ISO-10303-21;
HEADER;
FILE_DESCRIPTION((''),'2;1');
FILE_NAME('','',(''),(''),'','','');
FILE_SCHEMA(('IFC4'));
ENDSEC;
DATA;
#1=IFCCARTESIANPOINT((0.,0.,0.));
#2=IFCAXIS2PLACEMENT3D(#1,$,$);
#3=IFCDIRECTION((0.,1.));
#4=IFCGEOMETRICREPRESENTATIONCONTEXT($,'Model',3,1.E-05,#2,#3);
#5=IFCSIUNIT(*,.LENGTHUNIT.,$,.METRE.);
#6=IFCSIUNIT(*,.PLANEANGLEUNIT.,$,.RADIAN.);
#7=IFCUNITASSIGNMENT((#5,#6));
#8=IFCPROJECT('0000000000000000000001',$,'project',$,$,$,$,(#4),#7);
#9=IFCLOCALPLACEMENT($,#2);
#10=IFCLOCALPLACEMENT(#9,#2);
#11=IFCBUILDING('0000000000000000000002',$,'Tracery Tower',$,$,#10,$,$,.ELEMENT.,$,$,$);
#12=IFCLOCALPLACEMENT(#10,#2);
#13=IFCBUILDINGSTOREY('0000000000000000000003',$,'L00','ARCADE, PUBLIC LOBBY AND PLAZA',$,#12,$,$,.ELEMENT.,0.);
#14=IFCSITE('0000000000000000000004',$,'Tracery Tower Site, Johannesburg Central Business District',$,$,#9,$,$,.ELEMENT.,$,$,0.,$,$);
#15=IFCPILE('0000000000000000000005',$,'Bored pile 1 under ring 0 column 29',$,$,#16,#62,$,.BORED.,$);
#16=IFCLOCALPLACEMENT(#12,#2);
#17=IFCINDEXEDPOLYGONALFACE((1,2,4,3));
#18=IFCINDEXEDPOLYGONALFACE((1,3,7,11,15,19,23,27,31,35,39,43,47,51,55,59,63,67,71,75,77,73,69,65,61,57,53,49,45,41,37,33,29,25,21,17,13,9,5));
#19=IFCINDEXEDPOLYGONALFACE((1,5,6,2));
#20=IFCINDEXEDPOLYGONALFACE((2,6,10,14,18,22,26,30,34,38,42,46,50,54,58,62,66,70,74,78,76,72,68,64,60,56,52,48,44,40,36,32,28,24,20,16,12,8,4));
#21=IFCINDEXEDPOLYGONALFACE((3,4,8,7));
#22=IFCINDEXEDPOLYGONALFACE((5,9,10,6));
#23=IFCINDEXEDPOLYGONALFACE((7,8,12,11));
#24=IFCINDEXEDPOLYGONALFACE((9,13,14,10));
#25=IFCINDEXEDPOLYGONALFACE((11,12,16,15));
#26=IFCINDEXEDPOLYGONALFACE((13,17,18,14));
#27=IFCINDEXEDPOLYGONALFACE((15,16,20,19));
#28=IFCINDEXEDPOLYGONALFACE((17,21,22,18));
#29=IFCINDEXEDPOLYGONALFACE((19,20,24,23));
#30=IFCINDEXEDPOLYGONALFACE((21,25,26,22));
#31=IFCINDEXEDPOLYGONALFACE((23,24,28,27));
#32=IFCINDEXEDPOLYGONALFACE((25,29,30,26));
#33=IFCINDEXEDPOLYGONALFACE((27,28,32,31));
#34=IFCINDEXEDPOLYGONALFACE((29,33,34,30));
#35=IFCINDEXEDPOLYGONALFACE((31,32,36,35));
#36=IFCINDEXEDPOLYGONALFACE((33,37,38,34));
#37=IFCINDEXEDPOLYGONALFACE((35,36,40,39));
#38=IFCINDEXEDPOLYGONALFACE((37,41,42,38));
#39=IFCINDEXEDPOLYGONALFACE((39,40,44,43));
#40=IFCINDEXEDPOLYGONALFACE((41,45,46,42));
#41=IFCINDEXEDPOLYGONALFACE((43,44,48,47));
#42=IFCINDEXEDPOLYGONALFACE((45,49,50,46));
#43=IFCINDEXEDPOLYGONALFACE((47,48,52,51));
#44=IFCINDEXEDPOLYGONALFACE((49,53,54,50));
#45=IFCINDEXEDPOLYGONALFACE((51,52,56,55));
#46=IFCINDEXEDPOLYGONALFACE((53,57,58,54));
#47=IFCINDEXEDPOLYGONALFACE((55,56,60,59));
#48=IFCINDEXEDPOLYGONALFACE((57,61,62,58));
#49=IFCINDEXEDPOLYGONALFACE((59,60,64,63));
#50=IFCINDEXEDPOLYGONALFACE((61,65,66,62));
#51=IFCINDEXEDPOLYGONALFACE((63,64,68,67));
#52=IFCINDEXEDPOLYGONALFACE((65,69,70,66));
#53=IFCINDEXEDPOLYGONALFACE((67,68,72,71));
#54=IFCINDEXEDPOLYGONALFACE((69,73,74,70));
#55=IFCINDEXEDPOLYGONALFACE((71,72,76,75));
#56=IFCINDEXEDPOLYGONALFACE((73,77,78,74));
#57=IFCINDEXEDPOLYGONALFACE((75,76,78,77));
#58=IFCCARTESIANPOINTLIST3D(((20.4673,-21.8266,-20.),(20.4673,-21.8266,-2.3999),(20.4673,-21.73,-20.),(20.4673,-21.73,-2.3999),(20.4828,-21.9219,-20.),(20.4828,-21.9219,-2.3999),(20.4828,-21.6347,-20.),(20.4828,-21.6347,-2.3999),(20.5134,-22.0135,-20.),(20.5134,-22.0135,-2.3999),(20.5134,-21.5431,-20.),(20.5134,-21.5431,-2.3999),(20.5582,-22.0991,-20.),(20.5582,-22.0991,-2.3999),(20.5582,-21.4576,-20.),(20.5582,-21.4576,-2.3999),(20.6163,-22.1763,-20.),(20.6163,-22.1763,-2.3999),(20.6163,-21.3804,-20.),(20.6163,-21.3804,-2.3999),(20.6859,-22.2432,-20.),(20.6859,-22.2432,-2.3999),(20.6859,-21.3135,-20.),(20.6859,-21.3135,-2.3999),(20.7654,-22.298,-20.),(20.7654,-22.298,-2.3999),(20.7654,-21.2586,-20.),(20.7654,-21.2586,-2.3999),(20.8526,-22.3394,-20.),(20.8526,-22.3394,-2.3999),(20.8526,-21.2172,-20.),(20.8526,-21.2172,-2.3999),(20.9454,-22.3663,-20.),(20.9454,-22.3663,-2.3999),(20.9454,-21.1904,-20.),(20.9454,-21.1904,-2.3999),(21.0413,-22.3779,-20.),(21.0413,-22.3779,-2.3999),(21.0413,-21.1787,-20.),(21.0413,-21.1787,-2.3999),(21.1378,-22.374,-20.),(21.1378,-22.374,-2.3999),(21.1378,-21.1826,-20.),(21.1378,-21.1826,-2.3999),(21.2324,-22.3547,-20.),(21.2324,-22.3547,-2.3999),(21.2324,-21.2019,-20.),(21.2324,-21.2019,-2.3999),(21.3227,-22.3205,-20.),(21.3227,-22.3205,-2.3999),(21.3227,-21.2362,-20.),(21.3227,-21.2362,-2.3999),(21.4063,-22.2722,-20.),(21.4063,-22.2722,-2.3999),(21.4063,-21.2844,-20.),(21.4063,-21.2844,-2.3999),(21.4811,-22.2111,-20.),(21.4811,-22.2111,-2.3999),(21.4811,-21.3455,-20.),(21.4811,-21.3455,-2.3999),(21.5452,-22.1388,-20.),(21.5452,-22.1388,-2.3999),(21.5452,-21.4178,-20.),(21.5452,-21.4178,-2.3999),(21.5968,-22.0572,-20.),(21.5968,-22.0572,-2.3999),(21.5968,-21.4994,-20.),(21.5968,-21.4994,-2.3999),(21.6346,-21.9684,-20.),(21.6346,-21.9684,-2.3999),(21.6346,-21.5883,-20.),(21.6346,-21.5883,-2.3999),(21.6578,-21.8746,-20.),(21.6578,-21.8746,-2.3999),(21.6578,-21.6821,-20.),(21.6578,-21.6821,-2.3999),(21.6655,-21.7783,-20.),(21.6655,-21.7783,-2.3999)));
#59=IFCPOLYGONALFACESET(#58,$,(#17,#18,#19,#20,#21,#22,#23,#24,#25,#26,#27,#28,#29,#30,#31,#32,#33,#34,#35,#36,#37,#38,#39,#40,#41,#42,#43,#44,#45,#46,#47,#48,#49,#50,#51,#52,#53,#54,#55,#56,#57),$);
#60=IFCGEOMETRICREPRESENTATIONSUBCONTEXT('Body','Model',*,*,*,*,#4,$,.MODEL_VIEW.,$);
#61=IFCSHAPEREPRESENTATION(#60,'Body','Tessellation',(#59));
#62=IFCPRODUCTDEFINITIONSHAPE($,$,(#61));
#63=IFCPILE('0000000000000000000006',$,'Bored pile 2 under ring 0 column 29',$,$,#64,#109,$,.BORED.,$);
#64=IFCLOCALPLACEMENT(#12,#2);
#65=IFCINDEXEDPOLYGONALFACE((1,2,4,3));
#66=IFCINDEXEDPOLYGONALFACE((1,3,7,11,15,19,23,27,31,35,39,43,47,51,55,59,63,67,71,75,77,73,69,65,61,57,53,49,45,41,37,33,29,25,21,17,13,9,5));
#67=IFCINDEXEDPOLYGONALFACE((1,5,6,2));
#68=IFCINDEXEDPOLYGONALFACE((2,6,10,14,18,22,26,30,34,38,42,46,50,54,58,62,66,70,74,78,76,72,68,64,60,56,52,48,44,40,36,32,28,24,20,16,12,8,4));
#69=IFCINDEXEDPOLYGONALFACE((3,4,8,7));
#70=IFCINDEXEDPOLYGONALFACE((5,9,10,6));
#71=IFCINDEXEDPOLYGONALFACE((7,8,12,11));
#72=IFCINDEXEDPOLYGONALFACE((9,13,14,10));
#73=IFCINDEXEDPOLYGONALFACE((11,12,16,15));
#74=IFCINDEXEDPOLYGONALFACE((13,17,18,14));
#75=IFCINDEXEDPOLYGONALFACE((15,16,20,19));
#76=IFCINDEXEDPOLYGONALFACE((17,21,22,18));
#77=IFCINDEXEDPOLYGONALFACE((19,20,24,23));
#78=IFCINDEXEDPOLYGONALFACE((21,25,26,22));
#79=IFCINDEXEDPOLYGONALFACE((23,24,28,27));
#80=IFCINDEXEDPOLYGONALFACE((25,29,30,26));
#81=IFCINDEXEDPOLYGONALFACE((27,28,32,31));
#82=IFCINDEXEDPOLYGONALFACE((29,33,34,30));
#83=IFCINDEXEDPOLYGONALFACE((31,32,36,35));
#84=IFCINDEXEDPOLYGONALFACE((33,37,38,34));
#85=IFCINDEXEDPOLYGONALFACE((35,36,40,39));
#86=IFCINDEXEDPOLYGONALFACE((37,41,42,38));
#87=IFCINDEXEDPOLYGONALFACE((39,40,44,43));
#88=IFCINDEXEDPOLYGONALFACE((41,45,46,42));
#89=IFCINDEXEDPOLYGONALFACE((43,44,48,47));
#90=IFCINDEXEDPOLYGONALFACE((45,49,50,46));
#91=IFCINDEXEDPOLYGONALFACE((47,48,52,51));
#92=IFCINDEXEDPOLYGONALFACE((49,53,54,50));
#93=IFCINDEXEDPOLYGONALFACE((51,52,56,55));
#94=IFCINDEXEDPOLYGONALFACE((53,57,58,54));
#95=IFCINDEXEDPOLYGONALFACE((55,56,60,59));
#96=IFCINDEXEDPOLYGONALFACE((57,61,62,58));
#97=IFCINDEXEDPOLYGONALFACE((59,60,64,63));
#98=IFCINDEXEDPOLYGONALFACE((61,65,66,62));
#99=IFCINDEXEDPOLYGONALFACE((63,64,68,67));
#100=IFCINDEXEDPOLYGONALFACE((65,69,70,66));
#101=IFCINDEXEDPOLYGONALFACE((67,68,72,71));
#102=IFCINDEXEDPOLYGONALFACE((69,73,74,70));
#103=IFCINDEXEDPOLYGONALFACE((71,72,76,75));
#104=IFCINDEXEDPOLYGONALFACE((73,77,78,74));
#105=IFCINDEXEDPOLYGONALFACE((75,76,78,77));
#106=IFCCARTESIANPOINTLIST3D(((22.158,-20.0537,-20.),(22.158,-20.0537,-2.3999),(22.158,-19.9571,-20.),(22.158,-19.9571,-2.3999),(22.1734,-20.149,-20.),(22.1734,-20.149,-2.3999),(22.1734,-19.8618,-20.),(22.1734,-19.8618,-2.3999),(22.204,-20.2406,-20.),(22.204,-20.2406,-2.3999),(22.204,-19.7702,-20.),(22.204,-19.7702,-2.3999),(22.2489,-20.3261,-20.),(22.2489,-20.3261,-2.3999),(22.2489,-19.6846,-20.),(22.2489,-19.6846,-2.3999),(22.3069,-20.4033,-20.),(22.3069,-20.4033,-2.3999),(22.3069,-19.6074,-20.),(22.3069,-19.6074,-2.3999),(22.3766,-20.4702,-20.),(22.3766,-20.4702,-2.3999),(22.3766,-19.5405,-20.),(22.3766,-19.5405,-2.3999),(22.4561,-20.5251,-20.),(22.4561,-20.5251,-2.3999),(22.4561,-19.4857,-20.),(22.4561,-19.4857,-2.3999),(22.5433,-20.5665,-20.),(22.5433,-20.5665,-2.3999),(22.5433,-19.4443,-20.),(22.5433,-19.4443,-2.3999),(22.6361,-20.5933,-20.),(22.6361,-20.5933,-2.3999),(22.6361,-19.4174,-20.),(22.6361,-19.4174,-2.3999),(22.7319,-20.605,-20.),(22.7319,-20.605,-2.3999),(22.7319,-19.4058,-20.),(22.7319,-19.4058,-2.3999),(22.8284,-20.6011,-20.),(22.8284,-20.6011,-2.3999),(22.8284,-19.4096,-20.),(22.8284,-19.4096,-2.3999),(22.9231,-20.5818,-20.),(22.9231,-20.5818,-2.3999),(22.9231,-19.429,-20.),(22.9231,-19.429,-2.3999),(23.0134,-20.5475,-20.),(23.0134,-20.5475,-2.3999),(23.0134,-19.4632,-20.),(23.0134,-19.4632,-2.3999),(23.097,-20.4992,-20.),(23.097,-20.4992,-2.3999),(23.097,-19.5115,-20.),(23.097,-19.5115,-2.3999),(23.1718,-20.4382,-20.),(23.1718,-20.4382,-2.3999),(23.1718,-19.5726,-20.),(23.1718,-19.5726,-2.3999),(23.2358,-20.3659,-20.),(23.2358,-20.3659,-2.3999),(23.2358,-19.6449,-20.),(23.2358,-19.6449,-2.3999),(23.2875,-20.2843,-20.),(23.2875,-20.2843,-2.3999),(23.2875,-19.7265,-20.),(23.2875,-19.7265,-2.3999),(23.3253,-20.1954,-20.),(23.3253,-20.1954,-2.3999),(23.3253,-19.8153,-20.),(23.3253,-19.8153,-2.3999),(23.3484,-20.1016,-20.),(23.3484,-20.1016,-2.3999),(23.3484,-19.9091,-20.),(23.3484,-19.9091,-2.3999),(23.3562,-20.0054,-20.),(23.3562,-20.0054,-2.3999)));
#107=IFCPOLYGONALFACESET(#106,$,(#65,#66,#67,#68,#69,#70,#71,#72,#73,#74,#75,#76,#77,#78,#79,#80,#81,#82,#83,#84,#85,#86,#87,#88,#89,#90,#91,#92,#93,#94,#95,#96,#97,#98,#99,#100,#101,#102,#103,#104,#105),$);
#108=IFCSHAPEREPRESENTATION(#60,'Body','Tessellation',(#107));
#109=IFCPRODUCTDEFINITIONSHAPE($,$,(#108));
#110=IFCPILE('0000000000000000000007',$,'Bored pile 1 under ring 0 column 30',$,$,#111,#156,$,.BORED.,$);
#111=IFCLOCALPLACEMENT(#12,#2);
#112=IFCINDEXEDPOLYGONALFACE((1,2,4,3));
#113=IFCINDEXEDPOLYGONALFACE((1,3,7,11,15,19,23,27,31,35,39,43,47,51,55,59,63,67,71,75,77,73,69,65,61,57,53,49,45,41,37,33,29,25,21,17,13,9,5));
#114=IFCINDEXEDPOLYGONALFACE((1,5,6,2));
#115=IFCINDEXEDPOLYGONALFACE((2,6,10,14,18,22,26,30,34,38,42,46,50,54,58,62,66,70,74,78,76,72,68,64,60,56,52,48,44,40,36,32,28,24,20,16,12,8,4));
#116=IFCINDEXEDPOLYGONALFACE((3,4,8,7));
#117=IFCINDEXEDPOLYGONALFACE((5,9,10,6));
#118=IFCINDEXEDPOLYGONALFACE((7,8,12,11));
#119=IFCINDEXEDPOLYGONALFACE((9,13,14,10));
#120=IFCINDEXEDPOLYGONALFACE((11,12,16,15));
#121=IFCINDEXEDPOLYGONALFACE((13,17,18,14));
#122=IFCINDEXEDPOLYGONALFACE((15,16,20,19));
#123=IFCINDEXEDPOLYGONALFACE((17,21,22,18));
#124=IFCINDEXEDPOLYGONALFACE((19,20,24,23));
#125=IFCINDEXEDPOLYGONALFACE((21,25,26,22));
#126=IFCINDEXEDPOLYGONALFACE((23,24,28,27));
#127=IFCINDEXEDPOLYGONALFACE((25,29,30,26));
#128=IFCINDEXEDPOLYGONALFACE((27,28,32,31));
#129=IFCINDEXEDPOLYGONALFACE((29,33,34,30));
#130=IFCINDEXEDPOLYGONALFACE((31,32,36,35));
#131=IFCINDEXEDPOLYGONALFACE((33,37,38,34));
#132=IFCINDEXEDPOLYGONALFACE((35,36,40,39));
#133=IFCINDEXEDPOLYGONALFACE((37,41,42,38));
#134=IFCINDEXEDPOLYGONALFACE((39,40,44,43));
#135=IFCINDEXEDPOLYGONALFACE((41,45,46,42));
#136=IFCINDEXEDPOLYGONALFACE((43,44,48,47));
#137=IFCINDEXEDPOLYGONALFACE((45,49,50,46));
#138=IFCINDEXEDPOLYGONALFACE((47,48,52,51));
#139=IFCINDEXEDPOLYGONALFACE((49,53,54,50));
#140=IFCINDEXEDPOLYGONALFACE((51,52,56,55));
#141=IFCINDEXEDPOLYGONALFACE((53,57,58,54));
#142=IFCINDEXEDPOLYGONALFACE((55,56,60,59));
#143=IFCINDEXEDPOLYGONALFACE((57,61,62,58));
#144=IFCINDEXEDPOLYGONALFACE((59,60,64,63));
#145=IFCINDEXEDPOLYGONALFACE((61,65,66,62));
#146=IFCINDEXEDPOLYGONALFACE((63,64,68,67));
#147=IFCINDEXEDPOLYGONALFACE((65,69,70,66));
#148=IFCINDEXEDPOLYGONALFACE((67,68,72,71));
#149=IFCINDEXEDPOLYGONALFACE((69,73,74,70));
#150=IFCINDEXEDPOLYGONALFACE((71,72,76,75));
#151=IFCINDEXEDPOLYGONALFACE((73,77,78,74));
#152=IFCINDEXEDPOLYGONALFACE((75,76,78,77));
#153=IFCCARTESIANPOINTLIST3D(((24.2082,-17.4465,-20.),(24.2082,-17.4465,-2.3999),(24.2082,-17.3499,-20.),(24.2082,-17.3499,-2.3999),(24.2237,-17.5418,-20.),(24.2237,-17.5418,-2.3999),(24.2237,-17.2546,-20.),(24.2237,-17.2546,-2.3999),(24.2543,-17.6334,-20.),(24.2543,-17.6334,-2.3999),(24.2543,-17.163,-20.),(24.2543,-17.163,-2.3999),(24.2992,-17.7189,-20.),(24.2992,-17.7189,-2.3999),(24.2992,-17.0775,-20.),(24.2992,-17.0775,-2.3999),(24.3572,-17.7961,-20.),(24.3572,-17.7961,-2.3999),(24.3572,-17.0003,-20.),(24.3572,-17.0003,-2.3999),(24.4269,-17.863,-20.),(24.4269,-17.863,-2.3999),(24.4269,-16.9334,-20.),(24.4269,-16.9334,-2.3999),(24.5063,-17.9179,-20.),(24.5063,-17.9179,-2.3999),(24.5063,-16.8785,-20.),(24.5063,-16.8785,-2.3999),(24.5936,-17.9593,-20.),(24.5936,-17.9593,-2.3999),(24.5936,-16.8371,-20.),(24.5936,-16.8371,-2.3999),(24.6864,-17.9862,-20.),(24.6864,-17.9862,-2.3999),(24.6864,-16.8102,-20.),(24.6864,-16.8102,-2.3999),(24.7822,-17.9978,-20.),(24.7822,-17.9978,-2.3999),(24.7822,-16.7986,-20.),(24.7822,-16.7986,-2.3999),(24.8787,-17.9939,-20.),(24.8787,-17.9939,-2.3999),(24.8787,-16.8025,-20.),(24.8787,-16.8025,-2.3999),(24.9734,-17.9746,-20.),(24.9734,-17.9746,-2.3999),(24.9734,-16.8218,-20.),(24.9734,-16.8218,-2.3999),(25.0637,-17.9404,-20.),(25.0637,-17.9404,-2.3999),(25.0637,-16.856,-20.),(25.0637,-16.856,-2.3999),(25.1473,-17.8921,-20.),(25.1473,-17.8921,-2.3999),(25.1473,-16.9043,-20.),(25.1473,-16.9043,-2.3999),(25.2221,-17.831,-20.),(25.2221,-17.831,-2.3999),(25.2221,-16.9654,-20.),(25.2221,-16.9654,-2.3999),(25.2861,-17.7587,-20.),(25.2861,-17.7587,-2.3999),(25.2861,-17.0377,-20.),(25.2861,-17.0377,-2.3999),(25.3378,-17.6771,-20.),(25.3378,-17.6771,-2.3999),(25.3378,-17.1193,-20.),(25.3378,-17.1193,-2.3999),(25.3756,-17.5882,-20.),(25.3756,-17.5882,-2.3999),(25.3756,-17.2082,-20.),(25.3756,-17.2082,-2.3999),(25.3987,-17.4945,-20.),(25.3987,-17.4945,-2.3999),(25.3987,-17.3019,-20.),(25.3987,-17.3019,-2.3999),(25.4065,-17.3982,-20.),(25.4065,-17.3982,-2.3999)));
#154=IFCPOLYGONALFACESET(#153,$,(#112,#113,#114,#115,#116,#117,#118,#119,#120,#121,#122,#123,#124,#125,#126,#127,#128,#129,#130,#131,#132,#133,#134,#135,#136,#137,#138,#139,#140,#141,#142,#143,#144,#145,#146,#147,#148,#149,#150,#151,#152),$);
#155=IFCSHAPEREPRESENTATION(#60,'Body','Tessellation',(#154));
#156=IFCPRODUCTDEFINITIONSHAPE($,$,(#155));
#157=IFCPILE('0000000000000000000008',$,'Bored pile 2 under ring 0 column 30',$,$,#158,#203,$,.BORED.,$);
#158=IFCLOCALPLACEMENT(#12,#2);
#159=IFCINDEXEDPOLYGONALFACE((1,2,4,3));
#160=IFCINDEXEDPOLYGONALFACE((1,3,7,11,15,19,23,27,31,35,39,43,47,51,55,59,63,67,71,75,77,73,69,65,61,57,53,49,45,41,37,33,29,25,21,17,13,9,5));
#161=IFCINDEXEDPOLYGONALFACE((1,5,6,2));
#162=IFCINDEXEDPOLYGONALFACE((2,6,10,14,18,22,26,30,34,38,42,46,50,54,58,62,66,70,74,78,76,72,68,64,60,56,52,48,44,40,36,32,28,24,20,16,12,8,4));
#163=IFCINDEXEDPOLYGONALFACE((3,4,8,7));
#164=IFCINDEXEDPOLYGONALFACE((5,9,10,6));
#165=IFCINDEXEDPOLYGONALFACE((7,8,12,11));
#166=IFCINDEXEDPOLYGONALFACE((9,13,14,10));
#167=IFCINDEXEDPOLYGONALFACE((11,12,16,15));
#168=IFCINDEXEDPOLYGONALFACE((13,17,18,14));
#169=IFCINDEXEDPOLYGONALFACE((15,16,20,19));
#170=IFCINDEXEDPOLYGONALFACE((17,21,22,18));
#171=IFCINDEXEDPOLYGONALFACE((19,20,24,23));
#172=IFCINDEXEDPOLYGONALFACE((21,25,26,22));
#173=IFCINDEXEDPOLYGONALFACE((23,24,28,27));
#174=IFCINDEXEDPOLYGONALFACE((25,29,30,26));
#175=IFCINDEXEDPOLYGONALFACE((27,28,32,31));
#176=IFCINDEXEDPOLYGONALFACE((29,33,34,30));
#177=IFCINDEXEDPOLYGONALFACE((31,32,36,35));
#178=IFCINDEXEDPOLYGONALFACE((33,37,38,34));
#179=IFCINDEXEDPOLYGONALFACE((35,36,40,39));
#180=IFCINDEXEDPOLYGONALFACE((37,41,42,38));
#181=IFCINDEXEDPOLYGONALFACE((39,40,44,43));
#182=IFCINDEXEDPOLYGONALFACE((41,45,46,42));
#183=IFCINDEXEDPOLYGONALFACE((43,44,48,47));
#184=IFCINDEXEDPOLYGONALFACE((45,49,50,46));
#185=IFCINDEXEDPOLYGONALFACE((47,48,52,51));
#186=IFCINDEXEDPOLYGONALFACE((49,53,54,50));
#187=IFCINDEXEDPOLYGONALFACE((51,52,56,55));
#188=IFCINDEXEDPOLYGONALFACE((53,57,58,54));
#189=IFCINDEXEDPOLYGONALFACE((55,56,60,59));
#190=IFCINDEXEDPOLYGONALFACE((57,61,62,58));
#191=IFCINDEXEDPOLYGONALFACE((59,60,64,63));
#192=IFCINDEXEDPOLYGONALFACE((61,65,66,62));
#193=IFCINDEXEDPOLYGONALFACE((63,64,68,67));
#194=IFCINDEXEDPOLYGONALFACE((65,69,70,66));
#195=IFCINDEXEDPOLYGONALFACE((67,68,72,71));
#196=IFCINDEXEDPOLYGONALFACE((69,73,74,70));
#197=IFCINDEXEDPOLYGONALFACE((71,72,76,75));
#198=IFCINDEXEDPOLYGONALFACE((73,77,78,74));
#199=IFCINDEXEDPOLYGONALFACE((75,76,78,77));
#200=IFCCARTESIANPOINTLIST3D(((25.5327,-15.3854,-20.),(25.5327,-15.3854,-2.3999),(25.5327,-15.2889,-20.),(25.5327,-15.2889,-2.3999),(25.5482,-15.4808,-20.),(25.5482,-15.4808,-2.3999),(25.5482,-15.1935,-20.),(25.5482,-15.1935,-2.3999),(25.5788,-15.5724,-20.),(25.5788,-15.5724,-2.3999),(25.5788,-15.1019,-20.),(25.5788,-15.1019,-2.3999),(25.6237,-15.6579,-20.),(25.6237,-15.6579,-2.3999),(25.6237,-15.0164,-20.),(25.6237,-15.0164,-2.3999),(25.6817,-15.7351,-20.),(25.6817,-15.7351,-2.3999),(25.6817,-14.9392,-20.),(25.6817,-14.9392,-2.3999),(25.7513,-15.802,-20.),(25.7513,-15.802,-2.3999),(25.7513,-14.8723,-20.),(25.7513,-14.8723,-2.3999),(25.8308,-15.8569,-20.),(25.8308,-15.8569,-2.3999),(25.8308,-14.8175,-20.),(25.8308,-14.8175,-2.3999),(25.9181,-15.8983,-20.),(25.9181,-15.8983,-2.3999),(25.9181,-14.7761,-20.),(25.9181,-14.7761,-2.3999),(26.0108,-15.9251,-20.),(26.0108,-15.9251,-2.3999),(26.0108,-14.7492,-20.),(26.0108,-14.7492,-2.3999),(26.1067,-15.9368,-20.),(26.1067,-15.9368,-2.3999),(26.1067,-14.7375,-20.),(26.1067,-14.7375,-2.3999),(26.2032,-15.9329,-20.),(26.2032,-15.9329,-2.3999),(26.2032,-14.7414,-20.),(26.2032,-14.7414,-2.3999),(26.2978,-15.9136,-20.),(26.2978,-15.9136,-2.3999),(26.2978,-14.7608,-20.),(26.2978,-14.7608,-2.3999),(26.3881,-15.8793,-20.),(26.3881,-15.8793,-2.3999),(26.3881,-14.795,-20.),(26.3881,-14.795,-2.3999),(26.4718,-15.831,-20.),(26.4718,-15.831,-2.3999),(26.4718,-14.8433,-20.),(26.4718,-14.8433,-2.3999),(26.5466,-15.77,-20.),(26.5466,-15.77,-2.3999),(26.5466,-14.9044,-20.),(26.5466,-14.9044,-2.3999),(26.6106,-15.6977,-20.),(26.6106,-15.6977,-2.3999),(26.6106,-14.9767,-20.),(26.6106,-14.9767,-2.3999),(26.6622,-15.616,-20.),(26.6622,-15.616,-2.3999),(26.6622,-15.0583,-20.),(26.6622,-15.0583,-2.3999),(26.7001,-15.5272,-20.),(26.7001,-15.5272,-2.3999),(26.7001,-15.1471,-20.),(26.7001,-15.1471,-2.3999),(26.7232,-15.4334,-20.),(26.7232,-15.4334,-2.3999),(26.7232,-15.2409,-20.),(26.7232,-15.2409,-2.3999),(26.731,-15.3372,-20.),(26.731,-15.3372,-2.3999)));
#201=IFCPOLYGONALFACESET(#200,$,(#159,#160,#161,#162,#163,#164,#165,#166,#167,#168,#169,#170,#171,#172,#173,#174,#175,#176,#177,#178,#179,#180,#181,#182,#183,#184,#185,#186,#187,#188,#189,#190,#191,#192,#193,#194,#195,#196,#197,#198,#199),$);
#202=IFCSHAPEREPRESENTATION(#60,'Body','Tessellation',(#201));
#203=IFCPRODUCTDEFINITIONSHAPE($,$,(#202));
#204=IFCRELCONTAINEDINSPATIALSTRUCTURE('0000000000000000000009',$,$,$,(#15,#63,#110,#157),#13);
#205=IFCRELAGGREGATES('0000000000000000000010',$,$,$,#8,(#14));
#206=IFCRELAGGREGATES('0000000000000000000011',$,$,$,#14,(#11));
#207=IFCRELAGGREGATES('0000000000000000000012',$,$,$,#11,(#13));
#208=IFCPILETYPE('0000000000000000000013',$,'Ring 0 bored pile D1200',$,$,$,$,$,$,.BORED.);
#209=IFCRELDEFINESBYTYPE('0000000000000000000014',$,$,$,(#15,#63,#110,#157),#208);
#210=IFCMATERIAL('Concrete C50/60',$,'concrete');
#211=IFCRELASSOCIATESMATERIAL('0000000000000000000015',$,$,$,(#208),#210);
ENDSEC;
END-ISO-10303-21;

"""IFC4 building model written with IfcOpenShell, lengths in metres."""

from ifc_helpers import new_model, si_unit, direction, frame, origin, origin_2d, place, context, subcontext, project, spatial, circle, extrude, material, material_profile, profile_set, type_object, element, save


model = new_model("IFC4")

# Units and contexts
model_context = context("Model", 3, precision=1e-05, world=origin(), true_north=direction((0.0, 1.0)))
body_context = subcontext(model_context, "Body", "Model", "MODEL_VIEW")
ifc_project = project(units=[si_unit("LENGTHUNIT", "METRE"), si_unit("PLANEANGLEUNIT", "RADIAN")], contexts=[model_context])

# Site, building, storey
site_placement = place(None, origin())
site = spatial("IfcSite", under=ifc_project, at=site_placement, Name="Tracery Tower Site, Johannesburg Central Business District", CompositionType="ELEMENT", RefElevation=0.0)
building_placement = place(site_placement, origin())
building = spatial("IfcBuilding", under=site, at=building_placement, Name="Tracery Tower", CompositionType="ELEMENT")
storey_placement = place(building_placement, origin())
storey = spatial("IfcBuildingStorey", under=building, at=storey_placement, Name="L00", Description="ARCADE, PUBLIC LOBBY AND PLAZA", CompositionType="ELEMENT", Elevation=0.0)

# Piles
ifc_material_1 = material(Name="Concrete C50/60", Category="concrete")
ifc_material_profile_1 = material_profile(ifc_material_1, circle(Radius=0.6001, at=origin_2d()), Name="RC D1200")
ifc_profile_set_1 = profile_set([ifc_material_profile_1], Name="Concrete C50/60")
pile_type_1 = type_object("IfcPileType", Name="Ring 0 bored pile D1200", PredefinedType="BORED", material=ifc_profile_set_1)
for number, where, z_axis, x_axis, name in (
    (1, (21.0654, -21.7783, -2.3999), (0.0, 0.0, -1.0), (1.0, 0.0, 0.0), "Bored pile 1 under ring 0 column 29"),
    (2, (22.7561, -20.0054, -2.3999), (0.0, 0.0, -1.0), (1.0, 0.0, 0.0), "Bored pile 2 under ring 0 column 29"),
    (3, (24.8064, -17.3982, -2.3999), (0.0, 0.0, -1.0), (1.0, 0.0, 0.0), "Bored pile 1 under ring 0 column 30"),
    (4, (26.1309, -15.3372, -2.3999), (0.0, 0.0, -1.0), (1.0, 0.0, 0.0), "Bored pile 2 under ring 0 column 30"),
):
    element("IfcPile", number, at=place(storey_placement, frame(where, z_axis=z_axis, x_axis=x_axis)), inside=storey, type_object=pile_type_1, Name=name, PredefinedType="BORED", context=body_context, shape_type="SweptSolid", body=[
        extrude(circle(Radius=0.6001, at=origin_2d()), origin(), (0.0, 0.0, 1.0), 17.6001),
    ])

save(model, "model.ifc")
